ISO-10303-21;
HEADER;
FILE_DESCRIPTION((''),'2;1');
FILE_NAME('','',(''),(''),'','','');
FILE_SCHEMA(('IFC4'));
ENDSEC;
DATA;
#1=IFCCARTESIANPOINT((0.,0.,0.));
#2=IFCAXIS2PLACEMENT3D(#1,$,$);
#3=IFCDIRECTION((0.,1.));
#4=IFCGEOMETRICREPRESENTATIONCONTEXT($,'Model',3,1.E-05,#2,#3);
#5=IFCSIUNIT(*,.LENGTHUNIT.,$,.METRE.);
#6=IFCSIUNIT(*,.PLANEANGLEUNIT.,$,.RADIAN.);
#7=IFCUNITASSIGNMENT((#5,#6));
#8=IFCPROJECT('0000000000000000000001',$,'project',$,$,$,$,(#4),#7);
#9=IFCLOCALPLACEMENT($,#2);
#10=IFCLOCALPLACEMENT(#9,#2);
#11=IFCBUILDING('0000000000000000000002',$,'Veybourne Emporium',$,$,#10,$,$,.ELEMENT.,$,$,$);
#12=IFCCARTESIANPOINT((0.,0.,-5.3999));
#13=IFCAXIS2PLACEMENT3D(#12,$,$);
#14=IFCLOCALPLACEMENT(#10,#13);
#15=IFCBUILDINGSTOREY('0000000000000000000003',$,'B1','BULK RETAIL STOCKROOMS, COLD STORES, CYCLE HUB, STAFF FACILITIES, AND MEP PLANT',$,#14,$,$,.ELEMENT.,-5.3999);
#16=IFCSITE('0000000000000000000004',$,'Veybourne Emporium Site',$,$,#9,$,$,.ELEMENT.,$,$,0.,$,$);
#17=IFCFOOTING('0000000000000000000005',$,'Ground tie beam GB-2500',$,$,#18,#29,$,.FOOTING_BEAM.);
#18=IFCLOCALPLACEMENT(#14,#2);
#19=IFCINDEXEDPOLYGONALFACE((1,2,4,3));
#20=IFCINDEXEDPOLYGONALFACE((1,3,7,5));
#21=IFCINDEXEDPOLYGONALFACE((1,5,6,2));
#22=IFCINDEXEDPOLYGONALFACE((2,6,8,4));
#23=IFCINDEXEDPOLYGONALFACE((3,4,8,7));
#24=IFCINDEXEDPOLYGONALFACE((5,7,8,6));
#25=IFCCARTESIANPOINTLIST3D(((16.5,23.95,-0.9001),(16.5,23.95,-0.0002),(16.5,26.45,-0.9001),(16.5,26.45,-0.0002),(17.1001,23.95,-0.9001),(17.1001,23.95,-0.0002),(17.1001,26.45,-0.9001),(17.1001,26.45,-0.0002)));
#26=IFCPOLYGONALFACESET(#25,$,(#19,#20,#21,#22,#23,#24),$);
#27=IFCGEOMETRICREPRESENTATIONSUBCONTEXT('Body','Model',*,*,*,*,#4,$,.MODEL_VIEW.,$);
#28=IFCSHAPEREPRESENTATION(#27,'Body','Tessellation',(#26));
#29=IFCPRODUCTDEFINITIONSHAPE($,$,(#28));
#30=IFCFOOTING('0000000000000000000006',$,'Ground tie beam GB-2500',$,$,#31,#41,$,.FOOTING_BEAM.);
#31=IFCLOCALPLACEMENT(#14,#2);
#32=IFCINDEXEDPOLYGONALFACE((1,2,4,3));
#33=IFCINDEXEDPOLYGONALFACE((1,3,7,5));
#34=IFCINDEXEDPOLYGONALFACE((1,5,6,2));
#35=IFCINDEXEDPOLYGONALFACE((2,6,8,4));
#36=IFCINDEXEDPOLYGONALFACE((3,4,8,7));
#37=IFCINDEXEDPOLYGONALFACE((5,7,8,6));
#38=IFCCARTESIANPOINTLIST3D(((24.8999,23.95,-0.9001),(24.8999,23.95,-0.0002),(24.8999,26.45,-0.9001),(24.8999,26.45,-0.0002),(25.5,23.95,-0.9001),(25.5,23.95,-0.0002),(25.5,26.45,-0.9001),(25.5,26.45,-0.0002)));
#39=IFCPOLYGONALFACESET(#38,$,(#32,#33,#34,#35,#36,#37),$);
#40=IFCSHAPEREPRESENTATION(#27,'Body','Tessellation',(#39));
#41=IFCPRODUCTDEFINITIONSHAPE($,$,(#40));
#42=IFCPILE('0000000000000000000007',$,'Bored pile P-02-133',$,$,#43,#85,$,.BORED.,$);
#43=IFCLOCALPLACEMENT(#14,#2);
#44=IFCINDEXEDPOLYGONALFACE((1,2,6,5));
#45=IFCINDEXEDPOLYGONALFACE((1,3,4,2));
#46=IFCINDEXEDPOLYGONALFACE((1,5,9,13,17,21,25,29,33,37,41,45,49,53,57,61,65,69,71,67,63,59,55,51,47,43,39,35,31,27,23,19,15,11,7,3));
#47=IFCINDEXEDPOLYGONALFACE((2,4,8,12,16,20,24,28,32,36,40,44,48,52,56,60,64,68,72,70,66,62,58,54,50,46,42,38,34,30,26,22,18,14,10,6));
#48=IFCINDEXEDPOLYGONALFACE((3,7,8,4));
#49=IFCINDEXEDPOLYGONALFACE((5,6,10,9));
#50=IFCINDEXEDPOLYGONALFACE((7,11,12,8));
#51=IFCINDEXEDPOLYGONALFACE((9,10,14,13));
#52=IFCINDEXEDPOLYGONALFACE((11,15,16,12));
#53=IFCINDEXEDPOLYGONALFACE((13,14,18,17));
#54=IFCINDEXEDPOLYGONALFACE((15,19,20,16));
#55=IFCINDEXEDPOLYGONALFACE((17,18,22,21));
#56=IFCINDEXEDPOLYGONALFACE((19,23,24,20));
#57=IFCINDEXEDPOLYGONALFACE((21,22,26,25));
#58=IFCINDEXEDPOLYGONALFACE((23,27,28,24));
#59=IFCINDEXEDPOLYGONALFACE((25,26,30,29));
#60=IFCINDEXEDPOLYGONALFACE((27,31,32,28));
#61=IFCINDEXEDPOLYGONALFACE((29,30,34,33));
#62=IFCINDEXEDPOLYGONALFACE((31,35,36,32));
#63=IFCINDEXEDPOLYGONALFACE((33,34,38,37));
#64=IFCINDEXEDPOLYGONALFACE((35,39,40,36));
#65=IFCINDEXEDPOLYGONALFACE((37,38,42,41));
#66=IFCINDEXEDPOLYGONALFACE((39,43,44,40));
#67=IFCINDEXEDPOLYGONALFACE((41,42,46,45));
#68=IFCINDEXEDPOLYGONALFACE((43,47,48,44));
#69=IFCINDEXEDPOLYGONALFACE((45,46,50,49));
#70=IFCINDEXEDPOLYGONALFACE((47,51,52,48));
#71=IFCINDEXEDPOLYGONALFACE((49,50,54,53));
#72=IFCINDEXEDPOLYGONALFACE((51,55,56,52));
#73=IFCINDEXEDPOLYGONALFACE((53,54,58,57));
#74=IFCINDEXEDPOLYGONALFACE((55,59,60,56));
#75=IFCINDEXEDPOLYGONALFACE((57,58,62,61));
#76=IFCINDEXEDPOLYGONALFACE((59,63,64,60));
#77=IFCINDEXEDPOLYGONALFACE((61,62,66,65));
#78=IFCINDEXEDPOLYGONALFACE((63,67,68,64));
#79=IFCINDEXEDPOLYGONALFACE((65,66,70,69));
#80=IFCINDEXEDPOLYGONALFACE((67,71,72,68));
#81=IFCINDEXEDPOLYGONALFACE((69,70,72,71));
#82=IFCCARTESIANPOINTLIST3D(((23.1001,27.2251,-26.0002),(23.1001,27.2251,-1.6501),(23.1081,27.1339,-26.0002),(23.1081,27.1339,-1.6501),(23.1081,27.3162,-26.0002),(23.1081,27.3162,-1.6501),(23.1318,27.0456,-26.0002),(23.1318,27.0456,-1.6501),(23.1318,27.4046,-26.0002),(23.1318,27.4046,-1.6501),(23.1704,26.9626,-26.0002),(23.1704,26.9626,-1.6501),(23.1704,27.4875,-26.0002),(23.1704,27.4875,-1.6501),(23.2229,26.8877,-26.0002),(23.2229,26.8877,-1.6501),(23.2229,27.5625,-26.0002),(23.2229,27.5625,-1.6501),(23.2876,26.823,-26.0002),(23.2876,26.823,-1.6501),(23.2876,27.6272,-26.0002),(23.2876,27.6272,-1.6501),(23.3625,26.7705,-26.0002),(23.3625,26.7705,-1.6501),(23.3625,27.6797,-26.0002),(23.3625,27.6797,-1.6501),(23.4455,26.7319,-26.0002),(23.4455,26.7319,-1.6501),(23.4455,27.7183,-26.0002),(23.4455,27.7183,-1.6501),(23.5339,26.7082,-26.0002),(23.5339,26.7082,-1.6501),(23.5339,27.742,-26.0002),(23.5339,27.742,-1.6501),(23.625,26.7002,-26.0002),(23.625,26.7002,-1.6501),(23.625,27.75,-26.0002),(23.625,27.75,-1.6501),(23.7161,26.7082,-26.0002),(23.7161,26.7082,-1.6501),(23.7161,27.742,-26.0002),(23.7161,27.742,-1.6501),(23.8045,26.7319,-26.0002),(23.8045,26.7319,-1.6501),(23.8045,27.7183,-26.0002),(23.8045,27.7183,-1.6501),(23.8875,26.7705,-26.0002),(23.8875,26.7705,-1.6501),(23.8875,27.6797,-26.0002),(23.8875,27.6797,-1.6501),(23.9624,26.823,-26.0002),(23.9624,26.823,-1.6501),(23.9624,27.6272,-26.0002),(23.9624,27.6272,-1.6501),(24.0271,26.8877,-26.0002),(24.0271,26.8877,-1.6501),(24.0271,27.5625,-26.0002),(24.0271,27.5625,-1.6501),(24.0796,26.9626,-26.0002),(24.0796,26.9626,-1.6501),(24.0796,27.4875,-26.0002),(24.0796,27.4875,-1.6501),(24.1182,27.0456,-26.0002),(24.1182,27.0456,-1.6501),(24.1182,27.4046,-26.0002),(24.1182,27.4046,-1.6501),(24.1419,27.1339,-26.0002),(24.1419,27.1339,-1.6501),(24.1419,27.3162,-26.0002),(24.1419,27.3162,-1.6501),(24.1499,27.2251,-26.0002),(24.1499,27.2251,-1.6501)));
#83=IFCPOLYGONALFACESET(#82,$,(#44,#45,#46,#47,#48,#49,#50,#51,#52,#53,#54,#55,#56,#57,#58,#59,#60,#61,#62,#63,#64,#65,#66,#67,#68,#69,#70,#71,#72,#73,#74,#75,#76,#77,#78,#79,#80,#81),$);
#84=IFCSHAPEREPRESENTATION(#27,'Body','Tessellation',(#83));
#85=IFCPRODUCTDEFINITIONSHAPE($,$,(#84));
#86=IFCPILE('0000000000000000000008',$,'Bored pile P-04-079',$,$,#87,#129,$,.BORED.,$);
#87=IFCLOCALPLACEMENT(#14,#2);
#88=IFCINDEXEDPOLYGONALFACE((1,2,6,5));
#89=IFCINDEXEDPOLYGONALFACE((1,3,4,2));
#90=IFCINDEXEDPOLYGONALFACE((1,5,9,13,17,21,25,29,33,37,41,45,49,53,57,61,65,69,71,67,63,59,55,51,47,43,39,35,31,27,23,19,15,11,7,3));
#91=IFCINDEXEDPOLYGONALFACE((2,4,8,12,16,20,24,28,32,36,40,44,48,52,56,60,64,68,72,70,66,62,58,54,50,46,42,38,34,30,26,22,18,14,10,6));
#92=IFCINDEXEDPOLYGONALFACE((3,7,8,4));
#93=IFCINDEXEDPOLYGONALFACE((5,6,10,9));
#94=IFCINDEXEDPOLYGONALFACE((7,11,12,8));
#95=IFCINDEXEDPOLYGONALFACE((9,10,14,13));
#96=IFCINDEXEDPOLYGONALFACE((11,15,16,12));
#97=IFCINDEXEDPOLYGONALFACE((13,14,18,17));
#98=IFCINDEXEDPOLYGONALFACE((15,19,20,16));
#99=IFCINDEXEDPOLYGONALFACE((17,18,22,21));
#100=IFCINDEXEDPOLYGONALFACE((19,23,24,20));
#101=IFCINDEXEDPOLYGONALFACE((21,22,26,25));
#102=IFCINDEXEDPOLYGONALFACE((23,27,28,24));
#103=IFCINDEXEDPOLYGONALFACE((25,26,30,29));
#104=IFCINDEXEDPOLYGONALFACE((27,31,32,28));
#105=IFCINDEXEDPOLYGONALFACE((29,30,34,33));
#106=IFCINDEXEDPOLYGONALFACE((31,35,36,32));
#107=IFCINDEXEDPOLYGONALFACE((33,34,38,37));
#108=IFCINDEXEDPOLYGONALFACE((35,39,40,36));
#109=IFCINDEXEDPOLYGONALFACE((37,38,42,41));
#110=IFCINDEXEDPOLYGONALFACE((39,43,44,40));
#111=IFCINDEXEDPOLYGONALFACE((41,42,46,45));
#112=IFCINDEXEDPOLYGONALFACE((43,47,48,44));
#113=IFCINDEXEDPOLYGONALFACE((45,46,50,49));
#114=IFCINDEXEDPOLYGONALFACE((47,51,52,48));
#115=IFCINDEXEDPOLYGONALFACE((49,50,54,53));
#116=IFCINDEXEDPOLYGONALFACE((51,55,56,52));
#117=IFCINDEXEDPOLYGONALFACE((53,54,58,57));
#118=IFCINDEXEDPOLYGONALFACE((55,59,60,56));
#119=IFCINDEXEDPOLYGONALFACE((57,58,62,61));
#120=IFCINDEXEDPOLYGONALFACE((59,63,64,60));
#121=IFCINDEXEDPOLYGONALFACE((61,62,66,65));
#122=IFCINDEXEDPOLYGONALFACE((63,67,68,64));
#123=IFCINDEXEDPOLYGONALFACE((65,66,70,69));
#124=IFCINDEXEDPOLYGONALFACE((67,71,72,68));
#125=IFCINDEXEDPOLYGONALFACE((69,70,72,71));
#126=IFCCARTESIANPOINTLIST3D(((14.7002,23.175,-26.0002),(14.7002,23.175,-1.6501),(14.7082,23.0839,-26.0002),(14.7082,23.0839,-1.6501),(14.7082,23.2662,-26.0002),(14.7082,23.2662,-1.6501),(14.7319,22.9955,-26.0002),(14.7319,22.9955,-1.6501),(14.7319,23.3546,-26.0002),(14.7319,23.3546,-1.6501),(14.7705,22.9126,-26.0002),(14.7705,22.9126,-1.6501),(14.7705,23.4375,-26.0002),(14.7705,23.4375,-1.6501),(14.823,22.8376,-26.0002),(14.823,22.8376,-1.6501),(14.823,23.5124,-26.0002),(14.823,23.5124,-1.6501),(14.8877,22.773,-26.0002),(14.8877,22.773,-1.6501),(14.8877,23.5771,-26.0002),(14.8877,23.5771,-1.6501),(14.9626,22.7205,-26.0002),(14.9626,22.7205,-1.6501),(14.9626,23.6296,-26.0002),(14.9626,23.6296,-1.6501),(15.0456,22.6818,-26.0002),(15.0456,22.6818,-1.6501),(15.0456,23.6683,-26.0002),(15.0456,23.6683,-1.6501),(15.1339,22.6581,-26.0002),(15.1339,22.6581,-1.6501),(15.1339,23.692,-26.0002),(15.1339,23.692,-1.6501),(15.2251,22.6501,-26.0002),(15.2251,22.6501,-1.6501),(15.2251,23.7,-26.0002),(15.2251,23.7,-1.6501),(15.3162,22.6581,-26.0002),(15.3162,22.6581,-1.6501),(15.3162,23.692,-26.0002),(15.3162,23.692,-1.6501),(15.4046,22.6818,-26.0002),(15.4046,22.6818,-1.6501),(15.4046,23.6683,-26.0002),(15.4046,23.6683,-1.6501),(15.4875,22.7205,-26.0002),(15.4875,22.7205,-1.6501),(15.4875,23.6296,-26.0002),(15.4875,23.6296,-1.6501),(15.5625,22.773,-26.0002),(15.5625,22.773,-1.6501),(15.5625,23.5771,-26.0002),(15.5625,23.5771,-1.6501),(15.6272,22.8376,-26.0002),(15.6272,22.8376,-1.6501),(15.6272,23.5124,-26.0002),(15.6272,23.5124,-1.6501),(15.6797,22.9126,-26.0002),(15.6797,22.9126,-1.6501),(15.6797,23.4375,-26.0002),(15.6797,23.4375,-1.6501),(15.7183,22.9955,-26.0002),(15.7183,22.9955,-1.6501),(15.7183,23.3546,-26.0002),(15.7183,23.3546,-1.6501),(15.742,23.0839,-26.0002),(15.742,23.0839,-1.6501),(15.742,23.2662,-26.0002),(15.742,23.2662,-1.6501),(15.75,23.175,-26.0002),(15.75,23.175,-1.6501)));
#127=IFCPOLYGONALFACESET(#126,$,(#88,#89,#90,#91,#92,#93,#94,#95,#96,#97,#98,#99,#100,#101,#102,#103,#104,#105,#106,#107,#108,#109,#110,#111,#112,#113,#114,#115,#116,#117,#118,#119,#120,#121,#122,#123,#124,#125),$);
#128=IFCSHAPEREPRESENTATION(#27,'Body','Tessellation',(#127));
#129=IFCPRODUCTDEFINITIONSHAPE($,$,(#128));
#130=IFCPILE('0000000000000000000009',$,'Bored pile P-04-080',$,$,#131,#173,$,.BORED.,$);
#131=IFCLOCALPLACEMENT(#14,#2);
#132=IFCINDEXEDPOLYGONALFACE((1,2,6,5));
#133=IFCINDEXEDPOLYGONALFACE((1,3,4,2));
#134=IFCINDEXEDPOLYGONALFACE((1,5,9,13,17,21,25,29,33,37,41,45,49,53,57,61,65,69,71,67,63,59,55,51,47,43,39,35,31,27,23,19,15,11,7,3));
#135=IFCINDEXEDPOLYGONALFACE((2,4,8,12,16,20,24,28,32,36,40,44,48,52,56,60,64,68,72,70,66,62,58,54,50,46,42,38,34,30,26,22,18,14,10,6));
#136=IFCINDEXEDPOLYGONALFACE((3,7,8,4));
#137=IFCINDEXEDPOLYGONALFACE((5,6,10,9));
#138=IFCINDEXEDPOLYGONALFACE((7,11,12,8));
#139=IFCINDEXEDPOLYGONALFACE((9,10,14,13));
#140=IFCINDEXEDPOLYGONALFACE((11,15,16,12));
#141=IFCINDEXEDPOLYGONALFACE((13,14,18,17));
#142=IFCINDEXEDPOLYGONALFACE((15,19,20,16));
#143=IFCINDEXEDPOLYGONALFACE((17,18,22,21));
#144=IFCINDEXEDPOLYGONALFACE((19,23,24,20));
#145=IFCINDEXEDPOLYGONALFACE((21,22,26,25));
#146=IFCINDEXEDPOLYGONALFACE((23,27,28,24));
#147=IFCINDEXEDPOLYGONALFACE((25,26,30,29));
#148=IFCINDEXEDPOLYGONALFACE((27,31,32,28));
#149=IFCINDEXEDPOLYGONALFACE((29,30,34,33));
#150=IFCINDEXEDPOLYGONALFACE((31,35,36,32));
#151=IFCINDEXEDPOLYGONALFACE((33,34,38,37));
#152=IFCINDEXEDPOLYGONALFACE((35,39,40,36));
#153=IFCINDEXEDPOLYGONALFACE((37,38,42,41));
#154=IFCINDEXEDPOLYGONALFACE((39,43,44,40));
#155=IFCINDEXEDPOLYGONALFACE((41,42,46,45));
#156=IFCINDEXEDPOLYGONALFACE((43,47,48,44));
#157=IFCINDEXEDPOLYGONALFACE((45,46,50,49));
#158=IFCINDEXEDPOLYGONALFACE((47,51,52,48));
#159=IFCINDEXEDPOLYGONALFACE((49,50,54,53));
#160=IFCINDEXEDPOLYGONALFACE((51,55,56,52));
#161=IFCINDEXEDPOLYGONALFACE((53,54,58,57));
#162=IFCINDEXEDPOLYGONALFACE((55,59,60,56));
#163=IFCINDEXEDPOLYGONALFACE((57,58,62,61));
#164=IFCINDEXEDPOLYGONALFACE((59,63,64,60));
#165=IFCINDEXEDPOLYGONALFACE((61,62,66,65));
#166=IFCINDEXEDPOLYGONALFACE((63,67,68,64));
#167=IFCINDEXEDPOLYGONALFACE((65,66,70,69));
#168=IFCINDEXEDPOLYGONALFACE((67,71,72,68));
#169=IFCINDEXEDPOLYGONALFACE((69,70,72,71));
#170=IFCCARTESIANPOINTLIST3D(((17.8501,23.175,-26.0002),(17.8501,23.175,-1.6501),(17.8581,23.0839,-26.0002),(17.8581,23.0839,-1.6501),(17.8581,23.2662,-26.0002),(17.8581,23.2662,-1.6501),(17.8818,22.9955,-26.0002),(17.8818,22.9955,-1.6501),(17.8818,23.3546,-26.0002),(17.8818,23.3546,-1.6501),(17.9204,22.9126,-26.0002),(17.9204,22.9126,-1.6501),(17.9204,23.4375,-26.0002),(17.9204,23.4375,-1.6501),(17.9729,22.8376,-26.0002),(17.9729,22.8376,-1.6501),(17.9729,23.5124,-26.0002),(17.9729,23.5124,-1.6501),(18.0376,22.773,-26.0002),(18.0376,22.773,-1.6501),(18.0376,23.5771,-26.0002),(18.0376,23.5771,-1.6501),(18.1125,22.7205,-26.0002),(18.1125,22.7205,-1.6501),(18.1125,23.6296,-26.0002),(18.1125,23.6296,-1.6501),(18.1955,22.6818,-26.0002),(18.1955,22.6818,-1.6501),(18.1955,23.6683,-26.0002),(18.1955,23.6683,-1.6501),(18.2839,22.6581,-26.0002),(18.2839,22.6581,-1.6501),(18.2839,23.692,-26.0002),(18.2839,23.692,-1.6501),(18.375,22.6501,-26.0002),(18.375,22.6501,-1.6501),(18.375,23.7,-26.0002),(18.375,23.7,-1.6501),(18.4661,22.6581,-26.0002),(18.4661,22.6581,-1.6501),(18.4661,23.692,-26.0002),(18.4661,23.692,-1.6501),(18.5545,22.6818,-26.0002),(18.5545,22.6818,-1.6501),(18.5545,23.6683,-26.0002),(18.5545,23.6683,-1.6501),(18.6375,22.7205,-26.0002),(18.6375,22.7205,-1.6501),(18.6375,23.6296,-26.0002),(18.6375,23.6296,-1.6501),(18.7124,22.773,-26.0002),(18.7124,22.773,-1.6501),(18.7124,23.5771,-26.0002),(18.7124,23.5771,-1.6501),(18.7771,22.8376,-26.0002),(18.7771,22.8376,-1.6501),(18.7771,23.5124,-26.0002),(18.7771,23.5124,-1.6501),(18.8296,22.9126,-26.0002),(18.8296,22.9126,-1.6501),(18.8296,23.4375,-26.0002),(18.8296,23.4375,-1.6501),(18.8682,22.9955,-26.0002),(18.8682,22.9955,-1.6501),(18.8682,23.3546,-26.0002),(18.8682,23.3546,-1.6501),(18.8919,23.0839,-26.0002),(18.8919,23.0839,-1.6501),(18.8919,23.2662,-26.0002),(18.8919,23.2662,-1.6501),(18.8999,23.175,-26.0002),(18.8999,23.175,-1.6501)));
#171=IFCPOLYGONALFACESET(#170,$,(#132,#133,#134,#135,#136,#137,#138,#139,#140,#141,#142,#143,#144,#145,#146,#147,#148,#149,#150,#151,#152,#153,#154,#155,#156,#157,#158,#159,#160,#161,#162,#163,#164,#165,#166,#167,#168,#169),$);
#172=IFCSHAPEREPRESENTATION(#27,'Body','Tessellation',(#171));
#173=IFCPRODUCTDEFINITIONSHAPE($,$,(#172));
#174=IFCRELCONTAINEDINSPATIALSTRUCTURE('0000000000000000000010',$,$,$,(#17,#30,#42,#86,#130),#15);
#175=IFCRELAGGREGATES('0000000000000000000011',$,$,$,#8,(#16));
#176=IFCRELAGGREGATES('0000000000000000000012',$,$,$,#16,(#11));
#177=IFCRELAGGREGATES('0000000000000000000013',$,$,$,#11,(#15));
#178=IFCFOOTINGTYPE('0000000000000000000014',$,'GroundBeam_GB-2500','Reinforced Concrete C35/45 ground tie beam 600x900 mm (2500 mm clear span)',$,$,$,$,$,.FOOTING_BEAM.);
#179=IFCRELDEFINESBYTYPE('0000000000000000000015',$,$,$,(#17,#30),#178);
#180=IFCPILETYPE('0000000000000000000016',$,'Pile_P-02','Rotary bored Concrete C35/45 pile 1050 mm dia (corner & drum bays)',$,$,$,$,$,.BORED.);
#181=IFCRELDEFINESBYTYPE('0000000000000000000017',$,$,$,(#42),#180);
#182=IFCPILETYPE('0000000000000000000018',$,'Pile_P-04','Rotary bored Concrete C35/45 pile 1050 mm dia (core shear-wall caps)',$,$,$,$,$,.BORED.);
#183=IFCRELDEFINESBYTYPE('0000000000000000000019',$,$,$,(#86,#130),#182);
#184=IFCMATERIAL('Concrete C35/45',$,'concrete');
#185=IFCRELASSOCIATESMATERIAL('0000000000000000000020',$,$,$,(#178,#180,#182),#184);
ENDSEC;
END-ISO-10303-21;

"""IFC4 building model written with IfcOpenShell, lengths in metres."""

from ifc_helpers import new_model, si_unit, direction, frame, origin, origin_2d, place, context, subcontext, project, spatial, rectangle, circle, extrude, material, material_profile, profile_set, type_object, element, save


model = new_model("IFC4")

# Units and contexts
model_context = context("Model", 3, precision=1e-05, world=origin(), true_north=direction((0.0, 1.0)))
body_context = subcontext(model_context, "Body", "Model", "MODEL_VIEW")
ifc_project = project(units=[si_unit("LENGTHUNIT", "METRE"), si_unit("PLANEANGLEUNIT", "RADIAN")], contexts=[model_context])

# Site, building, storey
site_placement = place(None, origin())
site = spatial("IfcSite", under=ifc_project, at=site_placement, Name="Veybourne Emporium Site", CompositionType="ELEMENT", RefElevation=0.0)
building_placement = place(site_placement, origin())
building = spatial("IfcBuilding", under=site, at=building_placement, Name="Veybourne Emporium", CompositionType="ELEMENT")
storey_placement = place(building_placement, frame((0.0, 0.0, -5.3999)))
storey = spatial("IfcBuildingStorey", under=building, at=storey_placement, Name="B1", Description="BULK RETAIL STOCKROOMS, COLD STORES, CYCLE HUB, STAFF FACILITIES, AND MEP PLANT", CompositionType="ELEMENT", Elevation=-5.3999)

# Footings
ifc_material_1 = material(Name="Concrete C35/45", Category="concrete")
footing_type = type_object("IfcFootingType", Name="GroundBeam_GB-2500", Description="Reinforced Concrete C35/45 ground tie beam 600x900 mm (2500 mm clear span)", PredefinedType="FOOTING_BEAM", material=ifc_material_1)
for number, where, z_axis, x_axis, name in (
    (1, (16.8, 25.2, -0.9001), (0.0, 0.0, 1.0), (0.0, 1.0, 0.0), "Ground tie beam GB-2500"),
    (2, (25.2, 25.2, -0.9001), (0.0, 0.0, 1.0), (0.0, 1.0, 0.0), "Ground tie beam GB-2500"),
):
    element("IfcFooting", number, at=place(storey_placement, frame(where, z_axis=z_axis, x_axis=x_axis)), inside=storey, type_object=footing_type, Name=name, PredefinedType="FOOTING_BEAM", context=body_context, shape_type="SweptSolid", body=[
        extrude(rectangle(XDim=2.5, YDim=0.6001, at=origin_2d()), origin(), (0.0, 0.0, 1.0), 0.8999),
    ])

# Piles
ifc_material_profile_1 = material_profile(ifc_material_1, circle(Radius=0.5249, at=origin_2d()), Name="BORED PILE 1050")
ifc_profile_set_1 = profile_set([ifc_material_profile_1], Name="Concrete C35/45")
pile_type_1 = type_object("IfcPileType", Name="Pile_P-02", Description="Rotary bored Concrete C35/45 pile 1050 mm dia (corner & drum bays)", PredefinedType="BORED", material=ifc_profile_set_1)
pile_placement = place(storey_placement, frame((23.625, 27.2251, -1.6501), z_axis=(0.0, 0.0, -1.0), x_axis=(1.0, 0.0, 0.0)))
element("IfcPile", 3, at=pile_placement, inside=storey, type_object=pile_type_1, Name="Bored pile P-02-133", PredefinedType="BORED", context=body_context, shape_type="SweptSolid", body=[
    extrude(circle(Radius=0.5249, at=origin_2d()), origin(), (0.0, 0.0, 1.0), 24.3501),
])
ifc_material_profile_2 = material_profile(ifc_material_1, circle(Radius=0.5249, at=origin_2d()), Name="BORED PILE 1050")
ifc_profile_set_2 = profile_set([ifc_material_profile_2], Name="Concrete C35/45")
pile_type_2 = type_object("IfcPileType", Name="Pile_P-04", Description="Rotary bored Concrete C35/45 pile 1050 mm dia (core shear-wall caps)", PredefinedType="BORED", material=ifc_profile_set_2)
for number, where, z_axis, x_axis, name in (
    (4, (15.2251, 23.175, -1.6501), (0.0, 0.0, -1.0), (1.0, 0.0, 0.0), "Bored pile P-04-079"),
    (5, (18.375, 23.175, -1.6501), (0.0, 0.0, -1.0), (1.0, 0.0, 0.0), "Bored pile P-04-080"),
):
    element("IfcPile", number, at=place(storey_placement, frame(where, z_axis=z_axis, x_axis=x_axis)), inside=storey, type_object=pile_type_2, Name=name, PredefinedType="BORED", context=body_context, shape_type="SweptSolid", body=[
        extrude(circle(Radius=0.5249, at=origin_2d()), origin(), (0.0, 0.0, 1.0), 24.3501),
    ])

save(model, "model.ifc")
